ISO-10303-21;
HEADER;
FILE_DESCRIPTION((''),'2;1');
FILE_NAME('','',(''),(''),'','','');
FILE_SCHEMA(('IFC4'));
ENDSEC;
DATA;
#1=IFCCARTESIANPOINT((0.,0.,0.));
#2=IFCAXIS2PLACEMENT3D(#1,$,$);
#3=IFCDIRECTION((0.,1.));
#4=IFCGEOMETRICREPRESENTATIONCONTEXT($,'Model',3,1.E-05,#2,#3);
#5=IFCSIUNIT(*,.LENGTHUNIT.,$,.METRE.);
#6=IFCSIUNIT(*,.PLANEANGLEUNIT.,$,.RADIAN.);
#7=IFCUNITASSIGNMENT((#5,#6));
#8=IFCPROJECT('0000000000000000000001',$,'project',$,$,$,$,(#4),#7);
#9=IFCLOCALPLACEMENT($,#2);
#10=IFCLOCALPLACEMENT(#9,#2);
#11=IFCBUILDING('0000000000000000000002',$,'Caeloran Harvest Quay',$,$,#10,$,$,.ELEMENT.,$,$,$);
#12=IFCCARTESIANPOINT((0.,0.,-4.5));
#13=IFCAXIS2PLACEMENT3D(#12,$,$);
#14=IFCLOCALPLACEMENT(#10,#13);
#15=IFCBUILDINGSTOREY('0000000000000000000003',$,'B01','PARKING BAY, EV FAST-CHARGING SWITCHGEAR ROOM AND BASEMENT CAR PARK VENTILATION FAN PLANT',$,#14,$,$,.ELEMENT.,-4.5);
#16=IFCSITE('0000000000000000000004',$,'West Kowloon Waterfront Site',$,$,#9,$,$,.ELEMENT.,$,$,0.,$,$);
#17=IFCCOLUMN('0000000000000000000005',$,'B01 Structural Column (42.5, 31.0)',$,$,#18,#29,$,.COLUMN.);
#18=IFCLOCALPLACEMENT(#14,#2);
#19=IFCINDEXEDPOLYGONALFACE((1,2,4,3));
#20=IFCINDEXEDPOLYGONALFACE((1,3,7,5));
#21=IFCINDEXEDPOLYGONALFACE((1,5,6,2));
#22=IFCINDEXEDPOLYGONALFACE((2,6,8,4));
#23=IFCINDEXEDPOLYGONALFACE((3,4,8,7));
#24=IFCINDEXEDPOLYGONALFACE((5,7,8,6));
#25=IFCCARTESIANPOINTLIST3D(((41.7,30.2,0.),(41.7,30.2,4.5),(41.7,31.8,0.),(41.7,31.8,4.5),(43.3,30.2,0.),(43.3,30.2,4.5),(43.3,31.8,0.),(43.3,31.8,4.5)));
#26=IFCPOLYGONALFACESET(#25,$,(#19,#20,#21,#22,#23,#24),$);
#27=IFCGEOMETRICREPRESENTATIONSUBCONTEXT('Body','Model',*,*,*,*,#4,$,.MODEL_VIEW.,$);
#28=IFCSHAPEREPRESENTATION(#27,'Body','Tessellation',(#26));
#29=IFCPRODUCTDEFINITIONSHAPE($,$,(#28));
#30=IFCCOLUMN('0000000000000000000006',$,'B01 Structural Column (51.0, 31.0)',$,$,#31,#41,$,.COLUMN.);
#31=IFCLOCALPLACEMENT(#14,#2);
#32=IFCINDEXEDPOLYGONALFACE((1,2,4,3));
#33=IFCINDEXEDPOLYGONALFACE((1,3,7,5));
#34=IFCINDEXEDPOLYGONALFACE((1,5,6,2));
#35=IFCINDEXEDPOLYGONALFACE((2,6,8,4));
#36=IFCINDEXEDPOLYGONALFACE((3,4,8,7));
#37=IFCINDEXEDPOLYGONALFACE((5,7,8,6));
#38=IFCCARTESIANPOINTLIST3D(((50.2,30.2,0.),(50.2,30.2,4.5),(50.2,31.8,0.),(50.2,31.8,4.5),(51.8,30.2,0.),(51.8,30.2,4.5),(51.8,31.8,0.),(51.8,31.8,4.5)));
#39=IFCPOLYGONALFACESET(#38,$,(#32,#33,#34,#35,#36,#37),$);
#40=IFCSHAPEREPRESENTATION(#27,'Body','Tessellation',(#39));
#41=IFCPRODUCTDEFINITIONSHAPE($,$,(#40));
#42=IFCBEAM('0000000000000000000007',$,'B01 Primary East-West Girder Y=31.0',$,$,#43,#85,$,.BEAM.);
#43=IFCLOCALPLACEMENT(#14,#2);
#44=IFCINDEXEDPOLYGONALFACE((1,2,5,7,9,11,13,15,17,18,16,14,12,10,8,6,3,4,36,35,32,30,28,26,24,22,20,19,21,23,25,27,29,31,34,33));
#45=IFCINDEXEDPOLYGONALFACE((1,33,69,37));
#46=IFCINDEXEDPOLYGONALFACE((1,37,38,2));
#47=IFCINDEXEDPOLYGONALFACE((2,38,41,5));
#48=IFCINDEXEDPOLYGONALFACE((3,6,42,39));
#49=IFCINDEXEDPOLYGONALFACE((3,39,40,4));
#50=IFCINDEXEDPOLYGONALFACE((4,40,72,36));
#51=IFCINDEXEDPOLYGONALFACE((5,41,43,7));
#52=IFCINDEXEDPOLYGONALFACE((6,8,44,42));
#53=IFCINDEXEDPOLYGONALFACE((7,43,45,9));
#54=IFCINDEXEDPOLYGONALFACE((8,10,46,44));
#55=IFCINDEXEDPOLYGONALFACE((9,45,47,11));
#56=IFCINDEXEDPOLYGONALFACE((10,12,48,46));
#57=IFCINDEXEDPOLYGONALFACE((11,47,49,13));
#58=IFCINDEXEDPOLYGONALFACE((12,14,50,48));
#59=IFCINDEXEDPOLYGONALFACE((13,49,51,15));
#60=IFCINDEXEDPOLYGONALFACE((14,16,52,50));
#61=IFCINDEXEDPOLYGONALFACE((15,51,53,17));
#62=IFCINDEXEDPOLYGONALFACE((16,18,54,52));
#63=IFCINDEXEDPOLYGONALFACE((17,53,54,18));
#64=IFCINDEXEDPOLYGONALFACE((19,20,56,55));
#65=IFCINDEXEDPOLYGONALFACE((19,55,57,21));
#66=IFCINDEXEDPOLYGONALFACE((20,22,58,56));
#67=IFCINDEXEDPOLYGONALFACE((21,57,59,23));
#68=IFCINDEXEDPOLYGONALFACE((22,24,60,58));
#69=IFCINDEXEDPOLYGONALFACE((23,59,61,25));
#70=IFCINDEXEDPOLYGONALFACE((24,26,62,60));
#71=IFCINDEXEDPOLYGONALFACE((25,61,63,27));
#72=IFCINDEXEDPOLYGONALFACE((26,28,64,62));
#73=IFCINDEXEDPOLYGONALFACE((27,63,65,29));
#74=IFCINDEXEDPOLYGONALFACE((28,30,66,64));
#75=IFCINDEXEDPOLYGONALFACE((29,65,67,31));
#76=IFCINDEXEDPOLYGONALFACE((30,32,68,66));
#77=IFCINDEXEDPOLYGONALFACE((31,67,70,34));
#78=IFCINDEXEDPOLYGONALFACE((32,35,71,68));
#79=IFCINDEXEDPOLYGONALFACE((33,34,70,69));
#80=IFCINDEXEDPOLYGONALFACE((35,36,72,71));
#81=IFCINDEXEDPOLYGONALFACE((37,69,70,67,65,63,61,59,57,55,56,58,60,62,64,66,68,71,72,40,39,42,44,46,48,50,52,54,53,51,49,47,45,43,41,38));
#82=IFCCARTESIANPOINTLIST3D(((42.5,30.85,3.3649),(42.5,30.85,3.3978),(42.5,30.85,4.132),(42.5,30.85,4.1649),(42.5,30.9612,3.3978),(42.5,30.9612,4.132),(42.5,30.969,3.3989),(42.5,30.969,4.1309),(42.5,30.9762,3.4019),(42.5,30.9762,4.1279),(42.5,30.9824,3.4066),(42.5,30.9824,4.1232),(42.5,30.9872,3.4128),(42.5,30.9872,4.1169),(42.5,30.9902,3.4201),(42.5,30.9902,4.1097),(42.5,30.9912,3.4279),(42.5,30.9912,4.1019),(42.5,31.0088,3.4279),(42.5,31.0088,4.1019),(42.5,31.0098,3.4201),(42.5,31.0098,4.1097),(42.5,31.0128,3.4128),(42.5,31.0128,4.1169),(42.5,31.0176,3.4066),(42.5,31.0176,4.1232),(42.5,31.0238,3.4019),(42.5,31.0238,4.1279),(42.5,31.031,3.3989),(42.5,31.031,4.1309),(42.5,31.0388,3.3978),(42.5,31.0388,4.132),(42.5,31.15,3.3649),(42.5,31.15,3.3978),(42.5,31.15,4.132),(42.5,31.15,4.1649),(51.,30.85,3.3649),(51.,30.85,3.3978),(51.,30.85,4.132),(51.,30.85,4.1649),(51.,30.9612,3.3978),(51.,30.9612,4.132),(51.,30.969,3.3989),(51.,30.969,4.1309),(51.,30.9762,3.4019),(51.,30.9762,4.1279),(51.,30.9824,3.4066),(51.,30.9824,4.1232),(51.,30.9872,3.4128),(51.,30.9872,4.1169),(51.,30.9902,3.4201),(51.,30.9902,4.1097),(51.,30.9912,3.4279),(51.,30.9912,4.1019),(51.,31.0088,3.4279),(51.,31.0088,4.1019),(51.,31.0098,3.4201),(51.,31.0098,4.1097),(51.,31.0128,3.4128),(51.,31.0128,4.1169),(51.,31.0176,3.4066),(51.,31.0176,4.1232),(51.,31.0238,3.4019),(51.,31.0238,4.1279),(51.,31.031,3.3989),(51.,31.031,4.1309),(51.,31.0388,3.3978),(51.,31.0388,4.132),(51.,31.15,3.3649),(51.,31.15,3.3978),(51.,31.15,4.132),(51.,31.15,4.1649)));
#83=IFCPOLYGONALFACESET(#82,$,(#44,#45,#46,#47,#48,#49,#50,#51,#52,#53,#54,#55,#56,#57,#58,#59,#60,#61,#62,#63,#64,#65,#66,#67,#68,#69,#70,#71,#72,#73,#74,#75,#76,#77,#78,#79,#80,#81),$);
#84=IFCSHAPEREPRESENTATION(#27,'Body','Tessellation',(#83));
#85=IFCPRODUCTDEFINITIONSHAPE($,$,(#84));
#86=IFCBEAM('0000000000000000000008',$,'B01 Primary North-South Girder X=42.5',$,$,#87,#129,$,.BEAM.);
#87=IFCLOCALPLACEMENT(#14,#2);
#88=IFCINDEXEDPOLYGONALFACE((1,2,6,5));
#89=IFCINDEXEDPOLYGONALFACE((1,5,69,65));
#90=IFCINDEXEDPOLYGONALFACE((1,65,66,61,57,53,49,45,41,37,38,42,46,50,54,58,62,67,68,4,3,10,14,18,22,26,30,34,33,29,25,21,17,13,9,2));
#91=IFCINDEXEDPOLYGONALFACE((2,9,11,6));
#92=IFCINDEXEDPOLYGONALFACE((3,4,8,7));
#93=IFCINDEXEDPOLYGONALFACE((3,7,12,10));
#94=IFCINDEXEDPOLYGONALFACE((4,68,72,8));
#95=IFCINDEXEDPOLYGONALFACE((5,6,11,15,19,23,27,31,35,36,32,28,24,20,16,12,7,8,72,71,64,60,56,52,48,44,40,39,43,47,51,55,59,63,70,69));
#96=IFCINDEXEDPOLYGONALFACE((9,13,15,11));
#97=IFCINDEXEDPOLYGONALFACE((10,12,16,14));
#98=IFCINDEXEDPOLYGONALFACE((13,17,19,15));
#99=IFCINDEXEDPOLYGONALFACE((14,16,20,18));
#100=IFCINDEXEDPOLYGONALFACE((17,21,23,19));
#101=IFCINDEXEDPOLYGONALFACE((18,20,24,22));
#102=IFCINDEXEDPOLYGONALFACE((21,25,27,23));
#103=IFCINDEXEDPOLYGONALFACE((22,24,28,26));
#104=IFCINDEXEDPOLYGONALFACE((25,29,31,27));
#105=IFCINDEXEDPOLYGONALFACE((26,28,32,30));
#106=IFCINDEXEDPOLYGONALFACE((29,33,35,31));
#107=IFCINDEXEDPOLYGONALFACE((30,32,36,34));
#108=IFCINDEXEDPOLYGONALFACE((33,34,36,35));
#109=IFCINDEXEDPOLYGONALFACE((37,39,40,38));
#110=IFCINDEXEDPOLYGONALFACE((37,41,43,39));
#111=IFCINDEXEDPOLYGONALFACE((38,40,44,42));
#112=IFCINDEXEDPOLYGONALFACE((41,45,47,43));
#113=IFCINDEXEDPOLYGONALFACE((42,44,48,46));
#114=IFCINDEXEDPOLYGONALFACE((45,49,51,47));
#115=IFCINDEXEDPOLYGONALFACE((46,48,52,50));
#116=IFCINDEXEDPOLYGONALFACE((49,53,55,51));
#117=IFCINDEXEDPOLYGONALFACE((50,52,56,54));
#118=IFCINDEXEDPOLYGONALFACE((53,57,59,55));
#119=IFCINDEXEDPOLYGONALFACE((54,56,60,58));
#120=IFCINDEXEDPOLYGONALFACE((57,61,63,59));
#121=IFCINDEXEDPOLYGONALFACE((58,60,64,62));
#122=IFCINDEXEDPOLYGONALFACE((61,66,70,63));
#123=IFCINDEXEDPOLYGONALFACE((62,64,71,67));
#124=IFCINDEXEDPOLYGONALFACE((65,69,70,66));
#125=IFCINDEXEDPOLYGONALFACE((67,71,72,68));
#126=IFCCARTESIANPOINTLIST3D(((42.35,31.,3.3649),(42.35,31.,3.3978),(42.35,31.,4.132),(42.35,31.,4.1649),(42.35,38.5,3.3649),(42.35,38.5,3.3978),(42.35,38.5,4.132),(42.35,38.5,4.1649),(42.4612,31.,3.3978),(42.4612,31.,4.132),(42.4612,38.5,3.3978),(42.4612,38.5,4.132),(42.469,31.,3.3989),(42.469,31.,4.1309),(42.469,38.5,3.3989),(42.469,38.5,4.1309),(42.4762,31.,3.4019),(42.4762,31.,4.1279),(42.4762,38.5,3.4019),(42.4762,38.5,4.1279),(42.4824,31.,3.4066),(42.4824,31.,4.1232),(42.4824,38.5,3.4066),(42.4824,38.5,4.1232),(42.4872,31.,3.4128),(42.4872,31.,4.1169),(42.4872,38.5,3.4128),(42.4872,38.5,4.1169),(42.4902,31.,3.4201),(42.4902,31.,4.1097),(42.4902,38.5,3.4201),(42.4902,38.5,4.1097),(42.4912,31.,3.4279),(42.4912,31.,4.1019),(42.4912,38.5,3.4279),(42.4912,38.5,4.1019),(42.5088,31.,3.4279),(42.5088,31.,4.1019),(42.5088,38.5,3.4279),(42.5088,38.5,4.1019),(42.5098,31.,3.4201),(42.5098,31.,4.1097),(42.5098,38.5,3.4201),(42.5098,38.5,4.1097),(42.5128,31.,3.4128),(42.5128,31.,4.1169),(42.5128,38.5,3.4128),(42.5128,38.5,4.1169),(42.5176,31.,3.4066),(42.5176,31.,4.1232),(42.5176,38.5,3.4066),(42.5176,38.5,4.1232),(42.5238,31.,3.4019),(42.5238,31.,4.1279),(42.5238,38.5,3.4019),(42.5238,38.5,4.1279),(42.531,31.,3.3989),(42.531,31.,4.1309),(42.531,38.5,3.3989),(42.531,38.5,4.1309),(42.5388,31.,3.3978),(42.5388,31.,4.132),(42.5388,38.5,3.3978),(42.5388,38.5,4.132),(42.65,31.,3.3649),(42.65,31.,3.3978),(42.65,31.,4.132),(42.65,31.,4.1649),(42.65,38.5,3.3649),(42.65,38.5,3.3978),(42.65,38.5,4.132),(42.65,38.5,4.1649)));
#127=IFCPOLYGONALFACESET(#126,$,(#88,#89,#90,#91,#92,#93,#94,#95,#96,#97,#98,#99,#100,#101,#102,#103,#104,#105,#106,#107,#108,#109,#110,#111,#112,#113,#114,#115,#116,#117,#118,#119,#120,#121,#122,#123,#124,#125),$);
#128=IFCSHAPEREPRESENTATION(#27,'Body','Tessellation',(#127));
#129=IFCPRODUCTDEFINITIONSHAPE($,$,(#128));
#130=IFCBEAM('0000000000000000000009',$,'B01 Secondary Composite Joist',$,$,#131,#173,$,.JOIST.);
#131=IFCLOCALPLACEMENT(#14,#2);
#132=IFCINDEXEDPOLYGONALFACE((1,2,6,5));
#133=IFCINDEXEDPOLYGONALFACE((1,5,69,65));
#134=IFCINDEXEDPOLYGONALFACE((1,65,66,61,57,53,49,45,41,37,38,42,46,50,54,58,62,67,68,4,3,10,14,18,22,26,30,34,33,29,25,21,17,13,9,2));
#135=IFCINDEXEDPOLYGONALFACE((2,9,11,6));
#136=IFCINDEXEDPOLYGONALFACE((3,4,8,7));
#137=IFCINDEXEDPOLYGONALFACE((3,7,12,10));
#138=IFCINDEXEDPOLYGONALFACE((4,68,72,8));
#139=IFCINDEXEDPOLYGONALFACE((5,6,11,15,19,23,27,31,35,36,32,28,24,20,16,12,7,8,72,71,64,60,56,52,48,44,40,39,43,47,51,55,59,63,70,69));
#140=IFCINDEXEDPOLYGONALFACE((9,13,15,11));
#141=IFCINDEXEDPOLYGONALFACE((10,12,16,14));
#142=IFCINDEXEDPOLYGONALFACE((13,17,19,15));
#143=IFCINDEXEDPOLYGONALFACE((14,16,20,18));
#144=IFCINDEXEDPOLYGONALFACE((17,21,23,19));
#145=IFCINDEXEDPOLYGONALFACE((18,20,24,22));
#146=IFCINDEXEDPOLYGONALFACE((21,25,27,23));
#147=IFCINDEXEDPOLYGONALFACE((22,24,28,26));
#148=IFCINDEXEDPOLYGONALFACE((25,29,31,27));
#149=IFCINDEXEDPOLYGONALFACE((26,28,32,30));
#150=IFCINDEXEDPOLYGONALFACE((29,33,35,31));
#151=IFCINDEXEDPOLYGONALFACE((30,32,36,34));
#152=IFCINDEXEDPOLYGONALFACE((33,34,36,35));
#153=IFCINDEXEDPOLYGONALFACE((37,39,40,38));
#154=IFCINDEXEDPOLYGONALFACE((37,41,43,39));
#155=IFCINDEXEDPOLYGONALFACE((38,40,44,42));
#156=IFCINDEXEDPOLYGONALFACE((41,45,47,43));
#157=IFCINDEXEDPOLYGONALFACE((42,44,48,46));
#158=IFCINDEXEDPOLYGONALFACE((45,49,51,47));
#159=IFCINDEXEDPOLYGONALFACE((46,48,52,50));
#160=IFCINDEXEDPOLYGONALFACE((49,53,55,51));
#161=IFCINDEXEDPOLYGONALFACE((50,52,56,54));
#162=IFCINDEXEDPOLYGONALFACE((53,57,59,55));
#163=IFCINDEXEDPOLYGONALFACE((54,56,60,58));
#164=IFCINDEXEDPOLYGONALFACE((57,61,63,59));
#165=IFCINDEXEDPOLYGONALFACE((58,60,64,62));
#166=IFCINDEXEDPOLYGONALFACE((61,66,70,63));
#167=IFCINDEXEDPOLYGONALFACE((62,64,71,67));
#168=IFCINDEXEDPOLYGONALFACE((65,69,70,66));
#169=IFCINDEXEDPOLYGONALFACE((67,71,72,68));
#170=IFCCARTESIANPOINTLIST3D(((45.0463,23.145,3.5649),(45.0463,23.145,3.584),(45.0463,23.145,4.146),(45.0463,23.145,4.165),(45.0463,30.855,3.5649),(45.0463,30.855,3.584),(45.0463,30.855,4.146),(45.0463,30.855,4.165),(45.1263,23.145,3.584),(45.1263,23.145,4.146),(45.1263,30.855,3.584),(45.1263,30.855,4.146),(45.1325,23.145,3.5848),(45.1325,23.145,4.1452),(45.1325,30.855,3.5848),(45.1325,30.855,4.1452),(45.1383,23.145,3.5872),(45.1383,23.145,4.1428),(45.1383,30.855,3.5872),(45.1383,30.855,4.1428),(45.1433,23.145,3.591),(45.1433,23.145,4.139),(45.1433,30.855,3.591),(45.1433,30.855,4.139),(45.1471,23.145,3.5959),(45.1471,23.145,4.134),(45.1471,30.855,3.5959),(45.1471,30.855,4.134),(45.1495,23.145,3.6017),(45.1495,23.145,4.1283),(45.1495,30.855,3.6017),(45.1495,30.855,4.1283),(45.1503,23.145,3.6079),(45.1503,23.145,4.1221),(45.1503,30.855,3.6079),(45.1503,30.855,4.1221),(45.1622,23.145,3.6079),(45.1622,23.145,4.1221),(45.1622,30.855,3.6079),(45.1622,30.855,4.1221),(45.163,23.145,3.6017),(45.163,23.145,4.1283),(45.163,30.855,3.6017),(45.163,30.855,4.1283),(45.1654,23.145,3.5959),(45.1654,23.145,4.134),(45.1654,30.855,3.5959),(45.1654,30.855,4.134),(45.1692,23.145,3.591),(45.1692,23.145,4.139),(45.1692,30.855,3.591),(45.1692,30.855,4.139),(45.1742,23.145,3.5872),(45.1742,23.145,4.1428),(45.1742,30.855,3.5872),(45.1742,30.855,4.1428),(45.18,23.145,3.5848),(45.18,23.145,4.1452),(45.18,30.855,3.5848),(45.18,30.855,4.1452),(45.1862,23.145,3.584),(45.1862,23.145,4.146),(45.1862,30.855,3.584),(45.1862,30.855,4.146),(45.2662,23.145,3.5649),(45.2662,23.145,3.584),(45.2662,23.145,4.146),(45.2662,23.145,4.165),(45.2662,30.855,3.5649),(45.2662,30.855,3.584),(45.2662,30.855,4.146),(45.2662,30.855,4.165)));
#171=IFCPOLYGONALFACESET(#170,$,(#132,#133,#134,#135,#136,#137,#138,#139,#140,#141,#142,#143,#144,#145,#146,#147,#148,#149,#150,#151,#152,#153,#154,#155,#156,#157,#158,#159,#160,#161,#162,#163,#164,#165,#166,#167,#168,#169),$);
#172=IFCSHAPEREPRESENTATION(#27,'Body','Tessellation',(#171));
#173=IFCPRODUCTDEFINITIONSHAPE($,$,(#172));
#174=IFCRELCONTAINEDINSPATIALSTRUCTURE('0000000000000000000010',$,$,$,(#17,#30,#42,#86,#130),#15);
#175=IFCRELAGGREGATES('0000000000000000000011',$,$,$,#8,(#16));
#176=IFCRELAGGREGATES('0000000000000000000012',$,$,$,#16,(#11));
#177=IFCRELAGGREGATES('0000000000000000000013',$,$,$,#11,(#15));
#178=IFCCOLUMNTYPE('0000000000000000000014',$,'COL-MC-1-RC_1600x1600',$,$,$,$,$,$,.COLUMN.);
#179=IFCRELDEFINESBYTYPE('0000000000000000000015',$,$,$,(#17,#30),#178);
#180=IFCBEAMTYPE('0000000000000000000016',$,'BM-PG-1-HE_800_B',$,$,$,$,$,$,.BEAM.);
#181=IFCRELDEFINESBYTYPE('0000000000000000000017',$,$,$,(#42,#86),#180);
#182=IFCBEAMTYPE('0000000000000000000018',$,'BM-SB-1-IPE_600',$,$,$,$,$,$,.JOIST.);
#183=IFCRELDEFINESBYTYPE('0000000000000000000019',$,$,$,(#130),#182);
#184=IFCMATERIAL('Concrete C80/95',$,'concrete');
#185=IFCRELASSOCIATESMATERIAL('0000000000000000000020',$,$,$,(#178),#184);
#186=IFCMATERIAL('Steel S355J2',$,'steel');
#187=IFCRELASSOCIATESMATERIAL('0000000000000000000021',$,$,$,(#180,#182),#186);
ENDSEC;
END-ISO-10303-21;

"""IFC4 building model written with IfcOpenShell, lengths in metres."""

from ifc_helpers import new_model, si_unit, direction, frame, origin, origin_2d, place, context, subcontext, project, spatial, rectangle, i_section, extrude, material, material_profile, profile_set, type_object, element, save


model = new_model("IFC4")

# Units and contexts
model_context = context("Model", 3, precision=1e-05, world=origin(), true_north=direction((0.0, 1.0)))
body_context = subcontext(model_context, "Body", "Model", "MODEL_VIEW")
ifc_project = project(units=[si_unit("LENGTHUNIT", "METRE"), si_unit("PLANEANGLEUNIT", "RADIAN")], contexts=[model_context])

# Site, building, storey
site_placement = place(None, origin())
site = spatial("IfcSite", under=ifc_project, at=site_placement, Name="West Kowloon Waterfront Site", CompositionType="ELEMENT", RefElevation=0.0)
building_placement = place(site_placement, origin())
building = spatial("IfcBuilding", under=site, at=building_placement, Name="Caeloran Harvest Quay", CompositionType="ELEMENT")
storey_placement = place(building_placement, frame((0.0, 0.0, -4.5)))
storey = spatial("IfcBuildingStorey", under=building, at=storey_placement, Name="B01", Description="PARKING BAY, EV FAST-CHARGING SWITCHGEAR ROOM AND BASEMENT CAR PARK VENTILATION FAN PLANT", CompositionType="ELEMENT", Elevation=-4.5)

# Columns
ifc_material_1 = material(Name="Concrete C80/95", Category="concrete")
ifc_material_profile_1 = material_profile(ifc_material_1, rectangle(XDim=1.6001, YDim=1.6001, at=origin_2d()), Name="RC 1600x1600")
ifc_profile_set_1 = profile_set([ifc_material_profile_1], Name="Concrete C80/95")
column_type = type_object("IfcColumnType", Name="COL-MC-1-RC_1600x1600", PredefinedType="COLUMN", material=ifc_profile_set_1)
for number, where, z_axis, x_axis, name in (
    (1, (42.5, 31.0, 0.0), (0.0, 0.0, 1.0), (1.0, 0.0, 0.0), "B01 Structural Column (42.5, 31.0)"),
    (2, (51.0, 31.0, 0.0), (0.0, 0.0, 1.0), (1.0, 0.0, 0.0), "B01 Structural Column (51.0, 31.0)"),
):
    element("IfcColumn", number, at=place(storey_placement, frame(where, z_axis=z_axis, x_axis=x_axis)), inside=storey, type_object=column_type, Name=name, PredefinedType="COLUMN", context=body_context, shape_type="SweptSolid", body=[
        extrude(rectangle(XDim=1.6001, YDim=1.6001, at=origin_2d()), origin(), (0.0, 0.0, 1.0), 4.5),
    ])

# Beams
ifc_material_2 = material(Name="Steel S355J2", Category="steel")
ifc_material_profile_2 = material_profile(ifc_material_2, i_section(OverallWidth=0.3, OverallDepth=0.8, WebThickness=0.0176, FlangeThickness=0.033, FilletRadius=0.03, at=origin_2d()), Name="HE 800 B")
ifc_profile_set_2 = profile_set([ifc_material_profile_2], Name="Steel S355J2")
beam_type_1 = type_object("IfcBeamType", Name="BM-PG-1-HE_800_B", PredefinedType="BEAM", material=ifc_profile_set_2)
beam_1_placement = place(storey_placement, frame((42.5, 31.0, 3.7649), z_axis=(1.0, 0.0, 0.0), x_axis=(0.0, 1.0, 0.0)))
element("IfcBeam", 3, at=beam_1_placement, inside=storey, type_object=beam_type_1, Name="B01 Primary East-West Girder Y=31.0", PredefinedType="BEAM", context=body_context, shape_type="SweptSolid", body=[
    extrude(i_section(OverallWidth=0.3, OverallDepth=0.8, WebThickness=0.0176, FlangeThickness=0.033, FilletRadius=0.03, at=origin_2d()), origin(), (0.0, 0.0, 1.0), 8.5),
])
beam_2_placement = place(storey_placement, frame((42.5, 31.0, 3.7649), z_axis=(0.0, 1.0, 0.0), x_axis=(-1.0, 0.0, 0.0)))
element("IfcBeam", 4, at=beam_2_placement, inside=storey, type_object=beam_type_1, Name="B01 Primary North-South Girder X=42.5", PredefinedType="BEAM", context=body_context, shape_type="SweptSolid", body=[
    extrude(i_section(OverallWidth=0.3, OverallDepth=0.8, WebThickness=0.0176, FlangeThickness=0.033, FilletRadius=0.03, at=origin_2d()), origin(), (0.0, 0.0, 1.0), 7.5),
])
ifc_material_profile_3 = material_profile(ifc_material_2, i_section(OverallWidth=0.22, OverallDepth=0.6001, WebThickness=0.012, FlangeThickness=0.019, FilletRadius=0.0239, at=origin_2d()), Name="IPE 600")
ifc_profile_set_3 = profile_set([ifc_material_profile_3], Name="Steel S355J2")
beam_type_2 = type_object("IfcBeamType", Name="BM-SB-1-IPE_600", PredefinedType="JOIST", material=ifc_profile_set_3)
for number, where, z_axis, x_axis, name in (
    (5, (45.1562, 23.145, 3.865), (0.0, 1.0, 0.0), (-1.0, 0.0, 0.0), "B01 Secondary Composite Joist"),
):
    element("IfcBeam", number, at=place(storey_placement, frame(where, z_axis=z_axis, x_axis=x_axis)), inside=storey, type_object=beam_type_2, Name=name, PredefinedType="JOIST", context=body_context, shape_type="SweptSolid", body=[
        extrude(i_section(OverallWidth=0.22, OverallDepth=0.6001, WebThickness=0.012, FlangeThickness=0.019, FilletRadius=0.0239, at=origin_2d()), origin(), (0.0, 0.0, 1.0), 7.71),
    ])

save(model, "model.ifc")
